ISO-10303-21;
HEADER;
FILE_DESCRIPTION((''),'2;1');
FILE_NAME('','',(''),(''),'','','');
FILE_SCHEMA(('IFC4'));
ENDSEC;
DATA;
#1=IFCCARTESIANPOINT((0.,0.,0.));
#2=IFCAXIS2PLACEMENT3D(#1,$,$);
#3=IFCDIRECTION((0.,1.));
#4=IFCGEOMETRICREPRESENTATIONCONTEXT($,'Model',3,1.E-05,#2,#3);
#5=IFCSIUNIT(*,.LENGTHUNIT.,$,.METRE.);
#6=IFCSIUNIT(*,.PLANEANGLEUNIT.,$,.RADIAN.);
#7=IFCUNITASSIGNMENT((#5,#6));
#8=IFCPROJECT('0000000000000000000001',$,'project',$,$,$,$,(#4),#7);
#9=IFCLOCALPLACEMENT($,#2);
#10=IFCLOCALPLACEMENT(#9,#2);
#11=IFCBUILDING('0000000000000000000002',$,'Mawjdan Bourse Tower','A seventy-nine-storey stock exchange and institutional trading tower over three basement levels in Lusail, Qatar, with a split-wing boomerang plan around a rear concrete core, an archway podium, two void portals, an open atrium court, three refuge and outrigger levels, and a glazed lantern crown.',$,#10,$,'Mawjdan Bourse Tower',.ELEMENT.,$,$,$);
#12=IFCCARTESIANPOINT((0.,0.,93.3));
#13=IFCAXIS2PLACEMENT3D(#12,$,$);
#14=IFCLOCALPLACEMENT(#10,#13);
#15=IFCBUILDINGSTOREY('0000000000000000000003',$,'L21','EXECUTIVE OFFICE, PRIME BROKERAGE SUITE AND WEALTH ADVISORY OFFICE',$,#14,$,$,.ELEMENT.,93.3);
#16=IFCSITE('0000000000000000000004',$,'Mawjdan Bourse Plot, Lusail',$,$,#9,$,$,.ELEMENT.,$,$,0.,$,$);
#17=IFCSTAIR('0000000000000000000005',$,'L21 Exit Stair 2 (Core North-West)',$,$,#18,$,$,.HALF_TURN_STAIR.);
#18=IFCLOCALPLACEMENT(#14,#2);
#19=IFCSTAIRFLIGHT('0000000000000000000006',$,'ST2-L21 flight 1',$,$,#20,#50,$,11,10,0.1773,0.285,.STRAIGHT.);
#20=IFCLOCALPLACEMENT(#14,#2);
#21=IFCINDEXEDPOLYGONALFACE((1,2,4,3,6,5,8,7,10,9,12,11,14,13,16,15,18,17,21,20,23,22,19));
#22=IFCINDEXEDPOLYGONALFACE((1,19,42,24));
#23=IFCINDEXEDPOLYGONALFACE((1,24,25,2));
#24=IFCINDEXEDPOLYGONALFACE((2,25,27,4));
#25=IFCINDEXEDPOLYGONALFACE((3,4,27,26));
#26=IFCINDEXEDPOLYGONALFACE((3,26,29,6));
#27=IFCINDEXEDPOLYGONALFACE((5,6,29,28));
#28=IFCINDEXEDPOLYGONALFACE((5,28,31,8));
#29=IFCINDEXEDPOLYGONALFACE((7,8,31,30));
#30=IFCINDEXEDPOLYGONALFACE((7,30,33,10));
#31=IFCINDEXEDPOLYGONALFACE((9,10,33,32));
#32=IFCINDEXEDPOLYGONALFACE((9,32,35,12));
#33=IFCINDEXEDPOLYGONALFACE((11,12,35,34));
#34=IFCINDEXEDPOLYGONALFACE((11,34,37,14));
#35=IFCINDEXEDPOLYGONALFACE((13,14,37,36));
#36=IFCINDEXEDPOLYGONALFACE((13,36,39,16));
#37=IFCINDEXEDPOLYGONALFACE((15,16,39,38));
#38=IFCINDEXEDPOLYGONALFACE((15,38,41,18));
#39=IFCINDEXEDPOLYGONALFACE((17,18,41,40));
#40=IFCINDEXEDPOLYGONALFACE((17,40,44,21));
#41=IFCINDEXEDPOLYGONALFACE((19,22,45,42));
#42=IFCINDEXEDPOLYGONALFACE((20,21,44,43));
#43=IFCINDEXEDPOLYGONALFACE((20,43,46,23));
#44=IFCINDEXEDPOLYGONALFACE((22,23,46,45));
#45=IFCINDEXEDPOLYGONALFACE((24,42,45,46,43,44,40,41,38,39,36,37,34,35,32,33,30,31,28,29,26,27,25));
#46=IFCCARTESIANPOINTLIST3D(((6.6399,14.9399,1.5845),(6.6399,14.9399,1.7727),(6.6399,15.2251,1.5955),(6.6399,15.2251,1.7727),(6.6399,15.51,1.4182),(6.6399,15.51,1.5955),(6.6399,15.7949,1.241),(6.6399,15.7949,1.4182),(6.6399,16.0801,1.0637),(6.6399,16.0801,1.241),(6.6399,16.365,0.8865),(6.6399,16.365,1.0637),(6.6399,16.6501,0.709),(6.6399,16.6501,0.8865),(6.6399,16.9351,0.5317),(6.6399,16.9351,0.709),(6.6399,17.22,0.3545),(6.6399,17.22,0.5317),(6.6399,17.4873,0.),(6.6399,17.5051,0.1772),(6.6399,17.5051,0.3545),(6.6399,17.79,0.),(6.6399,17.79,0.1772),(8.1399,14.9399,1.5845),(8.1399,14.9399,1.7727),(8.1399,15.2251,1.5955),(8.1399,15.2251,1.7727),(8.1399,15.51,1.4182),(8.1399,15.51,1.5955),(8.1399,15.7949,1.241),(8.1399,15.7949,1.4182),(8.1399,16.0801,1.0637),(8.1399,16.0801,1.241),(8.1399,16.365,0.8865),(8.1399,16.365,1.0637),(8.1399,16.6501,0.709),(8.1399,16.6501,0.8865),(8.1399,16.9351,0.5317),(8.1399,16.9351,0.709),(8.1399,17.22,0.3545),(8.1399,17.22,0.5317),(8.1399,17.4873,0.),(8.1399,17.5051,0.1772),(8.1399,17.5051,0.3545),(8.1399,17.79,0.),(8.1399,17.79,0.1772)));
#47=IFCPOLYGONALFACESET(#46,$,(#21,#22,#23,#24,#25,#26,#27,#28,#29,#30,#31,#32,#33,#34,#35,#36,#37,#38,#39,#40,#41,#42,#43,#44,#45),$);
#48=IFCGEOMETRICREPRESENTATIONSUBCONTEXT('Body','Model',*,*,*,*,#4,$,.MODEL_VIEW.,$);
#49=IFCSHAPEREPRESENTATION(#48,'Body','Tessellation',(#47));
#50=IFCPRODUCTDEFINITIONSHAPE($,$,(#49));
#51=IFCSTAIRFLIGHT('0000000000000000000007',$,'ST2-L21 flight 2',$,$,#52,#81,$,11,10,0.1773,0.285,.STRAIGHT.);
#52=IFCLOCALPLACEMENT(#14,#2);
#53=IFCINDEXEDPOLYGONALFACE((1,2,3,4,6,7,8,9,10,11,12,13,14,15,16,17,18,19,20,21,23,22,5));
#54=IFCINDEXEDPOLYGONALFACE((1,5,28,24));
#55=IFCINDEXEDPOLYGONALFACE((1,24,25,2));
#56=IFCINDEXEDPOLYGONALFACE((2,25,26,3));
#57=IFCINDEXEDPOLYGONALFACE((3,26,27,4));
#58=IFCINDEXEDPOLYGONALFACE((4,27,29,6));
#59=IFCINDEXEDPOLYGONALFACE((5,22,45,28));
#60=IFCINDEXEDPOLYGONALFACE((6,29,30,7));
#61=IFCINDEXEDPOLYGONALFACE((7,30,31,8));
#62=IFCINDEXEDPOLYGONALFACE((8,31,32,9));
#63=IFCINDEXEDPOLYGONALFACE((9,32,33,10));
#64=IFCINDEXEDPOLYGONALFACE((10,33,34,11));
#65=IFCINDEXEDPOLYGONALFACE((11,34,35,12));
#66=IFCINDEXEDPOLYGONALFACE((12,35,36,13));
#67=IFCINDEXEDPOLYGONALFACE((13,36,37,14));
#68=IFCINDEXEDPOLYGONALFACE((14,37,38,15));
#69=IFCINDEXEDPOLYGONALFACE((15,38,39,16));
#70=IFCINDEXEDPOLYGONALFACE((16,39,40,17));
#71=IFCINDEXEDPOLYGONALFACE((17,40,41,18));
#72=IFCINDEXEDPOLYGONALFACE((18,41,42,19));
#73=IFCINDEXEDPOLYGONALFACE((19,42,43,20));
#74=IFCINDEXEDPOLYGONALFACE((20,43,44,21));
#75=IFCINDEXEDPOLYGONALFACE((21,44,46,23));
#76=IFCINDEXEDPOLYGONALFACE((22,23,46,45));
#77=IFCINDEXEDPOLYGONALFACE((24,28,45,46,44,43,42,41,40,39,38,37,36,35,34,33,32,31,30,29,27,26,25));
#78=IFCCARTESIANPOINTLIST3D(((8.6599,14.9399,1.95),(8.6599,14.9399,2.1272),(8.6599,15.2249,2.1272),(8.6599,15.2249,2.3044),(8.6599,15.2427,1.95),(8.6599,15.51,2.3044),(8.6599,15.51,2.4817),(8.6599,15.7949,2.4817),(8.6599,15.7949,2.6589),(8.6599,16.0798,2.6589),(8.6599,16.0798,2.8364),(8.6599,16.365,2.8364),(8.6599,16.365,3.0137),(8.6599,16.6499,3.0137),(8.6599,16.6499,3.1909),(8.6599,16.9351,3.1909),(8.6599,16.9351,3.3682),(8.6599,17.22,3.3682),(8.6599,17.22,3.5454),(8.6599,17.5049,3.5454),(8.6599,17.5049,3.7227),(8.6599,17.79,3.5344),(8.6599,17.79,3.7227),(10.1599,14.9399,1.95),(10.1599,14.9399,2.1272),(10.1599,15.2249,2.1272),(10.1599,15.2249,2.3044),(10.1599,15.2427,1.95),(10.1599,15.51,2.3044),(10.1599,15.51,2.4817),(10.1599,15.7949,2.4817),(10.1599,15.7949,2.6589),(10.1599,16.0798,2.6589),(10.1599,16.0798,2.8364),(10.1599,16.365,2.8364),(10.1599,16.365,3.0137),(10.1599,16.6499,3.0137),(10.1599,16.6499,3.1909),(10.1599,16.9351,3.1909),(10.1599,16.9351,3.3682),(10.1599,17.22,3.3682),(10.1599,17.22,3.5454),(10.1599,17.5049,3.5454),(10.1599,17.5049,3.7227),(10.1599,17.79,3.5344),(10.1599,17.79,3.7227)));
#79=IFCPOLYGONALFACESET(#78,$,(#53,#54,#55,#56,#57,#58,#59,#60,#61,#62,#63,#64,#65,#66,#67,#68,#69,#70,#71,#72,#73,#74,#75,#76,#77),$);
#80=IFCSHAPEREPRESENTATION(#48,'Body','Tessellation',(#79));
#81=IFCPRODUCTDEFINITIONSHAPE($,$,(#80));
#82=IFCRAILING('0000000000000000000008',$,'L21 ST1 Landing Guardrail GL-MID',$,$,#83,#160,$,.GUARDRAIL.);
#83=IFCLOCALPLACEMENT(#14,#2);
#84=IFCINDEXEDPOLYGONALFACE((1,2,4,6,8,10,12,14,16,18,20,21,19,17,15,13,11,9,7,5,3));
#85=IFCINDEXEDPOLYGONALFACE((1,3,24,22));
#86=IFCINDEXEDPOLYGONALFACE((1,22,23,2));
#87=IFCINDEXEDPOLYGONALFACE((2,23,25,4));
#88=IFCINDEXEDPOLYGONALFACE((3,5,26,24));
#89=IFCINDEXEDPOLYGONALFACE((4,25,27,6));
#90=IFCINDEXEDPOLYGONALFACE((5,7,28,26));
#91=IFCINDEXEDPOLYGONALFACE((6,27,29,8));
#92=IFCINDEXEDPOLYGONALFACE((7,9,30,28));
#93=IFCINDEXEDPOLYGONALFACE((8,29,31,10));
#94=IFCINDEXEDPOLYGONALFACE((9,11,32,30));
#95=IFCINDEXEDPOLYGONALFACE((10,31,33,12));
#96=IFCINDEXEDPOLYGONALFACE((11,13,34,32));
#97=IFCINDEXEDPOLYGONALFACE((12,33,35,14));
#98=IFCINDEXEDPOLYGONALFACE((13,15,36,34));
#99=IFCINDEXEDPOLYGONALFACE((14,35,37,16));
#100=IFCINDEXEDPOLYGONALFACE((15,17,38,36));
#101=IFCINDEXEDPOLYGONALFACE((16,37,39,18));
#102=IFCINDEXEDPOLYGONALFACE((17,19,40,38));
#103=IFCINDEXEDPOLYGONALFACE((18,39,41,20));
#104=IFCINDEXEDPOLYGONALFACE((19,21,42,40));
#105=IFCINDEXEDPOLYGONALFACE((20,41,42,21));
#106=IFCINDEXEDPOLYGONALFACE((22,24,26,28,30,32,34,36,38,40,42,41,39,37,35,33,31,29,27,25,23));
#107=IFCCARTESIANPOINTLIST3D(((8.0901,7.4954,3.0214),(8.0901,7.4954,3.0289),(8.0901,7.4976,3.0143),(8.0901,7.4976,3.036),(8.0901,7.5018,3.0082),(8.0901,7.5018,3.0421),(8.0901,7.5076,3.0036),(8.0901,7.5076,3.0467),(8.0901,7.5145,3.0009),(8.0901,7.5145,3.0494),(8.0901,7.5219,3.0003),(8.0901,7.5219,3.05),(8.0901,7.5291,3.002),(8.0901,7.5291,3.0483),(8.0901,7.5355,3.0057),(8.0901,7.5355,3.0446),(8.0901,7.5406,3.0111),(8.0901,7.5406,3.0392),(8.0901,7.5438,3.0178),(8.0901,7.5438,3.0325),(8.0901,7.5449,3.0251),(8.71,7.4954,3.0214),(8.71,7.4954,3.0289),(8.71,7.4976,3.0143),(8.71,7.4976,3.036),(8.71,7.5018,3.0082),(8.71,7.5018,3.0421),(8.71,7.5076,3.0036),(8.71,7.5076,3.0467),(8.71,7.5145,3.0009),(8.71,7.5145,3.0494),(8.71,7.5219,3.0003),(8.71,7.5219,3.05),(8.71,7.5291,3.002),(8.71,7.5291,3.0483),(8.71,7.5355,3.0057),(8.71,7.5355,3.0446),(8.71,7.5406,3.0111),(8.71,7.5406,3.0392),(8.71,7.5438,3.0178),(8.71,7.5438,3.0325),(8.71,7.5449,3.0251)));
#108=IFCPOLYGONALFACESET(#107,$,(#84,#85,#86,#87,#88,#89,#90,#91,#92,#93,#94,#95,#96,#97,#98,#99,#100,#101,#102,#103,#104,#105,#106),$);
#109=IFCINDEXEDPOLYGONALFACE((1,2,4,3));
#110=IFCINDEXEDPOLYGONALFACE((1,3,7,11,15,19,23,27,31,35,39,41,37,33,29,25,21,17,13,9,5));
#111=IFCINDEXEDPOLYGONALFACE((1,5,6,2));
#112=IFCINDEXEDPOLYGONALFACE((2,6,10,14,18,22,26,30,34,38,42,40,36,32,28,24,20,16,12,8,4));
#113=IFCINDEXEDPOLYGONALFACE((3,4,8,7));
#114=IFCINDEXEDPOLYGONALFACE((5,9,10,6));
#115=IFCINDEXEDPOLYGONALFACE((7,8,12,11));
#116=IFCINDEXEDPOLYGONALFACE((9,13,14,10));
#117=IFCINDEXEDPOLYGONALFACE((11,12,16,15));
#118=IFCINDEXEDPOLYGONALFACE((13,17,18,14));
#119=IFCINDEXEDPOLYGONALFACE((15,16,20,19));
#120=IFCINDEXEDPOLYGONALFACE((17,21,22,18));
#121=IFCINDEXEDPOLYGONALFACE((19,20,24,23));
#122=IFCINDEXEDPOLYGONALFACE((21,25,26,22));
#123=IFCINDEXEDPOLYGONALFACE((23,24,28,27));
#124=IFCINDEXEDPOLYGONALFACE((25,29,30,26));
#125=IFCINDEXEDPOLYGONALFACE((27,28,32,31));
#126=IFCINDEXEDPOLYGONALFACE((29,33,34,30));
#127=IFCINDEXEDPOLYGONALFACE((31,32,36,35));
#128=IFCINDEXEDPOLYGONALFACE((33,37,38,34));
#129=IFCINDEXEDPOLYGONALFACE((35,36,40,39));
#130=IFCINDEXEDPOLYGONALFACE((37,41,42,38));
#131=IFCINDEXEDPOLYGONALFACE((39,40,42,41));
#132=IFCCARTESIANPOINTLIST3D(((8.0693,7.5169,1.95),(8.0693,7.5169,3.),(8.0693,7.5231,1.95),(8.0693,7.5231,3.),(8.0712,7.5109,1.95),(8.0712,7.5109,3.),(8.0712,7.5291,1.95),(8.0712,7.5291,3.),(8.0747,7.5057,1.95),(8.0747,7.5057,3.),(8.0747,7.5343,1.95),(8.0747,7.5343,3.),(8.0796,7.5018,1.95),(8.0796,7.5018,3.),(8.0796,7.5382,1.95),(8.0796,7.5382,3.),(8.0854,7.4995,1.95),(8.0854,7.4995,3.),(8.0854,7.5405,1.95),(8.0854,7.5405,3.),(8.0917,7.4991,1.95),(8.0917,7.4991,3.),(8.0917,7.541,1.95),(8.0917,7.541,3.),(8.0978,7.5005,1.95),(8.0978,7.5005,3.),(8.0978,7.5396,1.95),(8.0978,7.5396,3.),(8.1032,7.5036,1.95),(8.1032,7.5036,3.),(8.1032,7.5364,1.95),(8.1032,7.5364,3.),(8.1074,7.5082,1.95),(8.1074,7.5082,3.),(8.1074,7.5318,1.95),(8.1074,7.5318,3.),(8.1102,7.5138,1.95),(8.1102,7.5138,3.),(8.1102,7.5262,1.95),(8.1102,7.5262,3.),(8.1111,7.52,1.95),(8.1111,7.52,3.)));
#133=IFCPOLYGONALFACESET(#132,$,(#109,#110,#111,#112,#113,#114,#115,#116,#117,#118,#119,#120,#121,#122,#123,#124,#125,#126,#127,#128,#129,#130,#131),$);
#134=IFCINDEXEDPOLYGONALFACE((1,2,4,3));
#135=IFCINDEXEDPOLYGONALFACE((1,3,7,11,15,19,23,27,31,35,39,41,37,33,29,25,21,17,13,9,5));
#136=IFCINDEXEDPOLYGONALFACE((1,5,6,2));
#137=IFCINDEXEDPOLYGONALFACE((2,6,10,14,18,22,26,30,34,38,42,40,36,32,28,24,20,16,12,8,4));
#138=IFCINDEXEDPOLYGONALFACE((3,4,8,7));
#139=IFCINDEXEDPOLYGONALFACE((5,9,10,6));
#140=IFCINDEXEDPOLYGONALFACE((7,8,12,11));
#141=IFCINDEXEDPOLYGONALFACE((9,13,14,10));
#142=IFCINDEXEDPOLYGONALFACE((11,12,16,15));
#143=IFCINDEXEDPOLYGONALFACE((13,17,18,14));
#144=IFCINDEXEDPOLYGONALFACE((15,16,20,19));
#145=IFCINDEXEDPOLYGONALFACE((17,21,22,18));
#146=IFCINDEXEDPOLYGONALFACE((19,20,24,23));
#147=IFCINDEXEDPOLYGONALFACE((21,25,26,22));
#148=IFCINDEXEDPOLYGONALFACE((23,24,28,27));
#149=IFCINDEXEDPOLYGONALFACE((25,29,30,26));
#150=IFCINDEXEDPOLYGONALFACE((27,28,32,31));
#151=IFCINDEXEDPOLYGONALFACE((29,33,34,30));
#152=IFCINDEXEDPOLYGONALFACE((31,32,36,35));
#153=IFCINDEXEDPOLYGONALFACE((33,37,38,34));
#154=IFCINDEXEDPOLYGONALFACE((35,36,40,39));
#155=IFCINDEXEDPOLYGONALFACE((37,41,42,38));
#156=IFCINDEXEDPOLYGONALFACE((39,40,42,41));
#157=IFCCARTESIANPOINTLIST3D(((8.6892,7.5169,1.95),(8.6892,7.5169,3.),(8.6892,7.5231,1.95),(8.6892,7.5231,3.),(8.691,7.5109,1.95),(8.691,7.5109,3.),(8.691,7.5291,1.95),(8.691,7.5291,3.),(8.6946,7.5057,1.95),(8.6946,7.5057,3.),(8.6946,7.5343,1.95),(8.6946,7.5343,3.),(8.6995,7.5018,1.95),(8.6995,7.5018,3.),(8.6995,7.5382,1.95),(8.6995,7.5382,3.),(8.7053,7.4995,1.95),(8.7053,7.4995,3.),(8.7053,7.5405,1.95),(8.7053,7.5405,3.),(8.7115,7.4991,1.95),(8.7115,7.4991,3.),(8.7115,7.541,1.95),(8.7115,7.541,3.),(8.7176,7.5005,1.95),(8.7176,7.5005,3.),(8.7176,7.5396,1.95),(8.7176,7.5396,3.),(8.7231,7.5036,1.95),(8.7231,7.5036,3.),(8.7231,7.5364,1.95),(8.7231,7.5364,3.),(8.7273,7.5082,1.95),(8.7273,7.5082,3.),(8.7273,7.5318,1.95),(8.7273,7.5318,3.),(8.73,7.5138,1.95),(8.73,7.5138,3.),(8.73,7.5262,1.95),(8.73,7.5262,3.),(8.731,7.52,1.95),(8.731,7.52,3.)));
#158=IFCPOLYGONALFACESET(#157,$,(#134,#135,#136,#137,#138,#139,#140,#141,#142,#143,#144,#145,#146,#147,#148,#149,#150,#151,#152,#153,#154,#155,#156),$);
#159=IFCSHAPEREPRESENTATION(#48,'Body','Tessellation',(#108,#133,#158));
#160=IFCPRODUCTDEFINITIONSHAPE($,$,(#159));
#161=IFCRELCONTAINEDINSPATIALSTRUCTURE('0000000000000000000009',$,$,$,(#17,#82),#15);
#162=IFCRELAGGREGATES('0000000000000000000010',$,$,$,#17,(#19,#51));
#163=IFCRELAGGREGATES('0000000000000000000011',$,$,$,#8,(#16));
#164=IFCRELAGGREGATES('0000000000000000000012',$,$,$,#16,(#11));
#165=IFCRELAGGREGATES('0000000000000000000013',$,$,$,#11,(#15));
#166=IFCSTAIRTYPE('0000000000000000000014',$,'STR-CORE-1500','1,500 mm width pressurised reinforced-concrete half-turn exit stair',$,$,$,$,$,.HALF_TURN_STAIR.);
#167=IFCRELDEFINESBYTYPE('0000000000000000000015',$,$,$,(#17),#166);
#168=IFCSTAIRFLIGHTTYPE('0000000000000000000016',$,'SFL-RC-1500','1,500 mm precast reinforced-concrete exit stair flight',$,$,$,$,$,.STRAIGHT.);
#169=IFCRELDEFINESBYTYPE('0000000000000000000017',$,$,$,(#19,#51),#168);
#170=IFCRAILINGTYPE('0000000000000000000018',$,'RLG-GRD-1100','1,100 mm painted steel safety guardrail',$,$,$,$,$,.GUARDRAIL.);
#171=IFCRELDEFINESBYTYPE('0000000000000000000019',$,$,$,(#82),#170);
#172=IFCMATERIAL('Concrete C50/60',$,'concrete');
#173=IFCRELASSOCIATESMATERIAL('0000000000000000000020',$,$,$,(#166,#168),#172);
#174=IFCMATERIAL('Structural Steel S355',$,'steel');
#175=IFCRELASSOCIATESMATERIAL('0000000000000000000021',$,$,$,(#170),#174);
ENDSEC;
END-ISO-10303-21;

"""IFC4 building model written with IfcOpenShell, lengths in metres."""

from ifc_helpers import new_model, si_unit, direction, frame, origin, origin_2d, place, context, subcontext, project, spatial, polyline, circle, outline, extrude, material, type_object, element, aggregate, save


model = new_model("IFC4")

# Units and contexts
model_context = context("Model", 3, precision=1e-05, world=origin(), true_north=direction((0.0, 1.0)))
body_context = subcontext(model_context, "Body", "Model", "MODEL_VIEW")
ifc_project = project(units=[si_unit("LENGTHUNIT", "METRE"), si_unit("PLANEANGLEUNIT", "RADIAN")], contexts=[model_context])

# Site, building, storey
site_placement = place(None, origin())
site = spatial("IfcSite", under=ifc_project, at=site_placement, Name="Mawjdan Bourse Plot, Lusail", CompositionType="ELEMENT", RefElevation=0.0)
building_placement = place(site_placement, origin())
building = spatial("IfcBuilding", under=site, at=building_placement, Name="Mawjdan Bourse Tower", Description="A seventy-nine-storey stock exchange and institutional trading tower over three basement levels in Lusail, Qatar, with a split-wing boomerang plan around a rear concrete core, an archway podium, two void portals, an open atrium court, three refuge and outrigger levels, and a glazed lantern crown.", LongName="Mawjdan Bourse Tower", CompositionType="ELEMENT")
storey_placement = place(building_placement, frame((0.0, 0.0, 93.3)))
storey = spatial("IfcBuildingStorey", under=building, at=storey_placement, Name="L21", Description="EXECUTIVE OFFICE, PRIME BROKERAGE SUITE AND WEALTH ADVISORY OFFICE", CompositionType="ELEMENT", Elevation=93.3)

# Stair
ifc_material_1 = material(Name="Concrete C50/60", Category="concrete")
stair_type = type_object("IfcStairType", Name="STR-CORE-1500", Description="1,500 mm width pressurised reinforced-concrete half-turn exit stair", PredefinedType="HALF_TURN_STAIR", material=ifc_material_1)
stair_1_placement = place(storey_placement, origin())
stair_1 = element("IfcStair", 1, at=stair_1_placement, inside=storey, type_object=stair_type, Name="L21 Exit Stair 2 (Core North-West)", PredefinedType="HALF_TURN_STAIR")

# Stair flights
stair_flight_type = type_object("IfcStairFlightType", Name="SFL-RC-1500", Description="1,500 mm precast reinforced-concrete exit stair flight", PredefinedType="STRAIGHT", material=ifc_material_1)
stair_flight_1_placement = place(storey_placement, frame((7.3899, 17.79, 0.0), z_axis=(0.0, 0.0, 1.0), x_axis=(0.0, -1.0, 0.0)))
stair_flight_1 = element("IfcStairFlight", 2, at=stair_flight_1_placement, type_object=stair_flight_type, Name="ST2-L21 flight 1", NumberOfRisers=11, NumberOfTreads=10, PredefinedType="STRAIGHT", RiserHeight=0.1773, TreadLength=0.285, context=body_context, shape_type="SweptSolid", body=[
    extrude(outline(polyline([(0.0, 0.0), (0.0, 0.1772), (0.2849, 0.1772), (0.2849, 0.3545), (0.5701, 0.3545), (0.5701, 0.5317), (0.855, 0.5317), (0.855, 0.709), (1.1399, 0.709), (1.1399, 0.8865), (1.425, 0.8865), (1.425, 1.0637), (1.71, 1.0637), (1.71, 1.241), (1.9951, 1.241), (1.9951, 1.4182), (2.28, 1.4182), (2.28, 1.5955), (2.5649, 1.5955), (2.5649, 1.7727), (2.8501, 1.7727), (2.8501, 1.95), (2.8501, 1.5845), (0.3027, 0.0), (0.0, 0.0)])), frame((0.0, 0.75, 0.0), z_axis=(0.0, -1.0, 0.0), x_axis=(1.0, 0.0, 0.0)), (0.0, 0.0, 1.0), 1.5),
])
stair_flight_2_placement = place(storey_placement, frame((9.4099, 14.9399, 1.95), z_axis=(0.0, 0.0, 1.0), x_axis=(0.0, 1.0, 0.0)))
stair_flight_2 = element("IfcStairFlight", 3, at=stair_flight_2_placement, type_object=stair_flight_type, Name="ST2-L21 flight 2", NumberOfRisers=11, NumberOfTreads=10, PredefinedType="STRAIGHT", RiserHeight=0.1773, TreadLength=0.285, context=body_context, shape_type="SweptSolid", body=[
    extrude(outline(polyline([(0.0, 0.0), (0.0, 0.1772), (0.2849, 0.1772), (0.2849, 0.3545), (0.5701, 0.3545), (0.5701, 0.5317), (0.855, 0.5317), (0.855, 0.709), (1.1399, 0.709), (1.1399, 0.8865), (1.425, 0.8865), (1.425, 1.0637), (1.71, 1.0637), (1.71, 1.241), (1.9951, 1.241), (1.9951, 1.4182), (2.28, 1.4182), (2.28, 1.5955), (2.5649, 1.5955), (2.5649, 1.7727), (2.8501, 1.7727), (2.8501, 1.95), (2.8501, 1.5845), (0.3027, 0.0), (0.0, 0.0)])), frame((0.0, 0.75, 0.0), z_axis=(0.0, -1.0, 0.0), x_axis=(1.0, 0.0, 0.0)), (0.0, 0.0, 1.0), 1.5),
])
aggregate(stair_1, [stair_flight_1, stair_flight_2])

# Railing
ifc_material_2 = material(Name="Structural Steel S355", Category="steel")
railing_type_1 = type_object("IfcRailingType", Name="RLG-GRD-1100", Description="1,100 mm painted steel safety guardrail", PredefinedType="GUARDRAIL", material=ifc_material_2)
for number, where, name in (
    (4, (8.0901, 7.52, 1.95), "L21 ST1 Landing Guardrail GL-MID"),
):
    element("IfcRailing", number, at=place(storey_placement, frame(where)), inside=storey, type_object=railing_type_1, Name=name, PredefinedType="GUARDRAIL", context=body_context, shape_type="SweptSolid", body=[
        extrude(circle(Radius=0.0249, at=origin_2d()), frame((0.0, 0.0, 1.0752), z_axis=(1.0, 0.0, 0.0), x_axis=(0.0, 1.0, 0.0)), (0.0, 0.0, 1.0), 0.6199),
        extrude(circle(Radius=0.021, at=origin_2d()), origin(), (0.0, 0.0, 1.0), 1.05),
        extrude(circle(Radius=0.021, at=origin_2d()), frame((0.6199, 0.0, 0.0)), (0.0, 0.0, 1.0), 1.05),
    ])

save(model, "model.ifc")
